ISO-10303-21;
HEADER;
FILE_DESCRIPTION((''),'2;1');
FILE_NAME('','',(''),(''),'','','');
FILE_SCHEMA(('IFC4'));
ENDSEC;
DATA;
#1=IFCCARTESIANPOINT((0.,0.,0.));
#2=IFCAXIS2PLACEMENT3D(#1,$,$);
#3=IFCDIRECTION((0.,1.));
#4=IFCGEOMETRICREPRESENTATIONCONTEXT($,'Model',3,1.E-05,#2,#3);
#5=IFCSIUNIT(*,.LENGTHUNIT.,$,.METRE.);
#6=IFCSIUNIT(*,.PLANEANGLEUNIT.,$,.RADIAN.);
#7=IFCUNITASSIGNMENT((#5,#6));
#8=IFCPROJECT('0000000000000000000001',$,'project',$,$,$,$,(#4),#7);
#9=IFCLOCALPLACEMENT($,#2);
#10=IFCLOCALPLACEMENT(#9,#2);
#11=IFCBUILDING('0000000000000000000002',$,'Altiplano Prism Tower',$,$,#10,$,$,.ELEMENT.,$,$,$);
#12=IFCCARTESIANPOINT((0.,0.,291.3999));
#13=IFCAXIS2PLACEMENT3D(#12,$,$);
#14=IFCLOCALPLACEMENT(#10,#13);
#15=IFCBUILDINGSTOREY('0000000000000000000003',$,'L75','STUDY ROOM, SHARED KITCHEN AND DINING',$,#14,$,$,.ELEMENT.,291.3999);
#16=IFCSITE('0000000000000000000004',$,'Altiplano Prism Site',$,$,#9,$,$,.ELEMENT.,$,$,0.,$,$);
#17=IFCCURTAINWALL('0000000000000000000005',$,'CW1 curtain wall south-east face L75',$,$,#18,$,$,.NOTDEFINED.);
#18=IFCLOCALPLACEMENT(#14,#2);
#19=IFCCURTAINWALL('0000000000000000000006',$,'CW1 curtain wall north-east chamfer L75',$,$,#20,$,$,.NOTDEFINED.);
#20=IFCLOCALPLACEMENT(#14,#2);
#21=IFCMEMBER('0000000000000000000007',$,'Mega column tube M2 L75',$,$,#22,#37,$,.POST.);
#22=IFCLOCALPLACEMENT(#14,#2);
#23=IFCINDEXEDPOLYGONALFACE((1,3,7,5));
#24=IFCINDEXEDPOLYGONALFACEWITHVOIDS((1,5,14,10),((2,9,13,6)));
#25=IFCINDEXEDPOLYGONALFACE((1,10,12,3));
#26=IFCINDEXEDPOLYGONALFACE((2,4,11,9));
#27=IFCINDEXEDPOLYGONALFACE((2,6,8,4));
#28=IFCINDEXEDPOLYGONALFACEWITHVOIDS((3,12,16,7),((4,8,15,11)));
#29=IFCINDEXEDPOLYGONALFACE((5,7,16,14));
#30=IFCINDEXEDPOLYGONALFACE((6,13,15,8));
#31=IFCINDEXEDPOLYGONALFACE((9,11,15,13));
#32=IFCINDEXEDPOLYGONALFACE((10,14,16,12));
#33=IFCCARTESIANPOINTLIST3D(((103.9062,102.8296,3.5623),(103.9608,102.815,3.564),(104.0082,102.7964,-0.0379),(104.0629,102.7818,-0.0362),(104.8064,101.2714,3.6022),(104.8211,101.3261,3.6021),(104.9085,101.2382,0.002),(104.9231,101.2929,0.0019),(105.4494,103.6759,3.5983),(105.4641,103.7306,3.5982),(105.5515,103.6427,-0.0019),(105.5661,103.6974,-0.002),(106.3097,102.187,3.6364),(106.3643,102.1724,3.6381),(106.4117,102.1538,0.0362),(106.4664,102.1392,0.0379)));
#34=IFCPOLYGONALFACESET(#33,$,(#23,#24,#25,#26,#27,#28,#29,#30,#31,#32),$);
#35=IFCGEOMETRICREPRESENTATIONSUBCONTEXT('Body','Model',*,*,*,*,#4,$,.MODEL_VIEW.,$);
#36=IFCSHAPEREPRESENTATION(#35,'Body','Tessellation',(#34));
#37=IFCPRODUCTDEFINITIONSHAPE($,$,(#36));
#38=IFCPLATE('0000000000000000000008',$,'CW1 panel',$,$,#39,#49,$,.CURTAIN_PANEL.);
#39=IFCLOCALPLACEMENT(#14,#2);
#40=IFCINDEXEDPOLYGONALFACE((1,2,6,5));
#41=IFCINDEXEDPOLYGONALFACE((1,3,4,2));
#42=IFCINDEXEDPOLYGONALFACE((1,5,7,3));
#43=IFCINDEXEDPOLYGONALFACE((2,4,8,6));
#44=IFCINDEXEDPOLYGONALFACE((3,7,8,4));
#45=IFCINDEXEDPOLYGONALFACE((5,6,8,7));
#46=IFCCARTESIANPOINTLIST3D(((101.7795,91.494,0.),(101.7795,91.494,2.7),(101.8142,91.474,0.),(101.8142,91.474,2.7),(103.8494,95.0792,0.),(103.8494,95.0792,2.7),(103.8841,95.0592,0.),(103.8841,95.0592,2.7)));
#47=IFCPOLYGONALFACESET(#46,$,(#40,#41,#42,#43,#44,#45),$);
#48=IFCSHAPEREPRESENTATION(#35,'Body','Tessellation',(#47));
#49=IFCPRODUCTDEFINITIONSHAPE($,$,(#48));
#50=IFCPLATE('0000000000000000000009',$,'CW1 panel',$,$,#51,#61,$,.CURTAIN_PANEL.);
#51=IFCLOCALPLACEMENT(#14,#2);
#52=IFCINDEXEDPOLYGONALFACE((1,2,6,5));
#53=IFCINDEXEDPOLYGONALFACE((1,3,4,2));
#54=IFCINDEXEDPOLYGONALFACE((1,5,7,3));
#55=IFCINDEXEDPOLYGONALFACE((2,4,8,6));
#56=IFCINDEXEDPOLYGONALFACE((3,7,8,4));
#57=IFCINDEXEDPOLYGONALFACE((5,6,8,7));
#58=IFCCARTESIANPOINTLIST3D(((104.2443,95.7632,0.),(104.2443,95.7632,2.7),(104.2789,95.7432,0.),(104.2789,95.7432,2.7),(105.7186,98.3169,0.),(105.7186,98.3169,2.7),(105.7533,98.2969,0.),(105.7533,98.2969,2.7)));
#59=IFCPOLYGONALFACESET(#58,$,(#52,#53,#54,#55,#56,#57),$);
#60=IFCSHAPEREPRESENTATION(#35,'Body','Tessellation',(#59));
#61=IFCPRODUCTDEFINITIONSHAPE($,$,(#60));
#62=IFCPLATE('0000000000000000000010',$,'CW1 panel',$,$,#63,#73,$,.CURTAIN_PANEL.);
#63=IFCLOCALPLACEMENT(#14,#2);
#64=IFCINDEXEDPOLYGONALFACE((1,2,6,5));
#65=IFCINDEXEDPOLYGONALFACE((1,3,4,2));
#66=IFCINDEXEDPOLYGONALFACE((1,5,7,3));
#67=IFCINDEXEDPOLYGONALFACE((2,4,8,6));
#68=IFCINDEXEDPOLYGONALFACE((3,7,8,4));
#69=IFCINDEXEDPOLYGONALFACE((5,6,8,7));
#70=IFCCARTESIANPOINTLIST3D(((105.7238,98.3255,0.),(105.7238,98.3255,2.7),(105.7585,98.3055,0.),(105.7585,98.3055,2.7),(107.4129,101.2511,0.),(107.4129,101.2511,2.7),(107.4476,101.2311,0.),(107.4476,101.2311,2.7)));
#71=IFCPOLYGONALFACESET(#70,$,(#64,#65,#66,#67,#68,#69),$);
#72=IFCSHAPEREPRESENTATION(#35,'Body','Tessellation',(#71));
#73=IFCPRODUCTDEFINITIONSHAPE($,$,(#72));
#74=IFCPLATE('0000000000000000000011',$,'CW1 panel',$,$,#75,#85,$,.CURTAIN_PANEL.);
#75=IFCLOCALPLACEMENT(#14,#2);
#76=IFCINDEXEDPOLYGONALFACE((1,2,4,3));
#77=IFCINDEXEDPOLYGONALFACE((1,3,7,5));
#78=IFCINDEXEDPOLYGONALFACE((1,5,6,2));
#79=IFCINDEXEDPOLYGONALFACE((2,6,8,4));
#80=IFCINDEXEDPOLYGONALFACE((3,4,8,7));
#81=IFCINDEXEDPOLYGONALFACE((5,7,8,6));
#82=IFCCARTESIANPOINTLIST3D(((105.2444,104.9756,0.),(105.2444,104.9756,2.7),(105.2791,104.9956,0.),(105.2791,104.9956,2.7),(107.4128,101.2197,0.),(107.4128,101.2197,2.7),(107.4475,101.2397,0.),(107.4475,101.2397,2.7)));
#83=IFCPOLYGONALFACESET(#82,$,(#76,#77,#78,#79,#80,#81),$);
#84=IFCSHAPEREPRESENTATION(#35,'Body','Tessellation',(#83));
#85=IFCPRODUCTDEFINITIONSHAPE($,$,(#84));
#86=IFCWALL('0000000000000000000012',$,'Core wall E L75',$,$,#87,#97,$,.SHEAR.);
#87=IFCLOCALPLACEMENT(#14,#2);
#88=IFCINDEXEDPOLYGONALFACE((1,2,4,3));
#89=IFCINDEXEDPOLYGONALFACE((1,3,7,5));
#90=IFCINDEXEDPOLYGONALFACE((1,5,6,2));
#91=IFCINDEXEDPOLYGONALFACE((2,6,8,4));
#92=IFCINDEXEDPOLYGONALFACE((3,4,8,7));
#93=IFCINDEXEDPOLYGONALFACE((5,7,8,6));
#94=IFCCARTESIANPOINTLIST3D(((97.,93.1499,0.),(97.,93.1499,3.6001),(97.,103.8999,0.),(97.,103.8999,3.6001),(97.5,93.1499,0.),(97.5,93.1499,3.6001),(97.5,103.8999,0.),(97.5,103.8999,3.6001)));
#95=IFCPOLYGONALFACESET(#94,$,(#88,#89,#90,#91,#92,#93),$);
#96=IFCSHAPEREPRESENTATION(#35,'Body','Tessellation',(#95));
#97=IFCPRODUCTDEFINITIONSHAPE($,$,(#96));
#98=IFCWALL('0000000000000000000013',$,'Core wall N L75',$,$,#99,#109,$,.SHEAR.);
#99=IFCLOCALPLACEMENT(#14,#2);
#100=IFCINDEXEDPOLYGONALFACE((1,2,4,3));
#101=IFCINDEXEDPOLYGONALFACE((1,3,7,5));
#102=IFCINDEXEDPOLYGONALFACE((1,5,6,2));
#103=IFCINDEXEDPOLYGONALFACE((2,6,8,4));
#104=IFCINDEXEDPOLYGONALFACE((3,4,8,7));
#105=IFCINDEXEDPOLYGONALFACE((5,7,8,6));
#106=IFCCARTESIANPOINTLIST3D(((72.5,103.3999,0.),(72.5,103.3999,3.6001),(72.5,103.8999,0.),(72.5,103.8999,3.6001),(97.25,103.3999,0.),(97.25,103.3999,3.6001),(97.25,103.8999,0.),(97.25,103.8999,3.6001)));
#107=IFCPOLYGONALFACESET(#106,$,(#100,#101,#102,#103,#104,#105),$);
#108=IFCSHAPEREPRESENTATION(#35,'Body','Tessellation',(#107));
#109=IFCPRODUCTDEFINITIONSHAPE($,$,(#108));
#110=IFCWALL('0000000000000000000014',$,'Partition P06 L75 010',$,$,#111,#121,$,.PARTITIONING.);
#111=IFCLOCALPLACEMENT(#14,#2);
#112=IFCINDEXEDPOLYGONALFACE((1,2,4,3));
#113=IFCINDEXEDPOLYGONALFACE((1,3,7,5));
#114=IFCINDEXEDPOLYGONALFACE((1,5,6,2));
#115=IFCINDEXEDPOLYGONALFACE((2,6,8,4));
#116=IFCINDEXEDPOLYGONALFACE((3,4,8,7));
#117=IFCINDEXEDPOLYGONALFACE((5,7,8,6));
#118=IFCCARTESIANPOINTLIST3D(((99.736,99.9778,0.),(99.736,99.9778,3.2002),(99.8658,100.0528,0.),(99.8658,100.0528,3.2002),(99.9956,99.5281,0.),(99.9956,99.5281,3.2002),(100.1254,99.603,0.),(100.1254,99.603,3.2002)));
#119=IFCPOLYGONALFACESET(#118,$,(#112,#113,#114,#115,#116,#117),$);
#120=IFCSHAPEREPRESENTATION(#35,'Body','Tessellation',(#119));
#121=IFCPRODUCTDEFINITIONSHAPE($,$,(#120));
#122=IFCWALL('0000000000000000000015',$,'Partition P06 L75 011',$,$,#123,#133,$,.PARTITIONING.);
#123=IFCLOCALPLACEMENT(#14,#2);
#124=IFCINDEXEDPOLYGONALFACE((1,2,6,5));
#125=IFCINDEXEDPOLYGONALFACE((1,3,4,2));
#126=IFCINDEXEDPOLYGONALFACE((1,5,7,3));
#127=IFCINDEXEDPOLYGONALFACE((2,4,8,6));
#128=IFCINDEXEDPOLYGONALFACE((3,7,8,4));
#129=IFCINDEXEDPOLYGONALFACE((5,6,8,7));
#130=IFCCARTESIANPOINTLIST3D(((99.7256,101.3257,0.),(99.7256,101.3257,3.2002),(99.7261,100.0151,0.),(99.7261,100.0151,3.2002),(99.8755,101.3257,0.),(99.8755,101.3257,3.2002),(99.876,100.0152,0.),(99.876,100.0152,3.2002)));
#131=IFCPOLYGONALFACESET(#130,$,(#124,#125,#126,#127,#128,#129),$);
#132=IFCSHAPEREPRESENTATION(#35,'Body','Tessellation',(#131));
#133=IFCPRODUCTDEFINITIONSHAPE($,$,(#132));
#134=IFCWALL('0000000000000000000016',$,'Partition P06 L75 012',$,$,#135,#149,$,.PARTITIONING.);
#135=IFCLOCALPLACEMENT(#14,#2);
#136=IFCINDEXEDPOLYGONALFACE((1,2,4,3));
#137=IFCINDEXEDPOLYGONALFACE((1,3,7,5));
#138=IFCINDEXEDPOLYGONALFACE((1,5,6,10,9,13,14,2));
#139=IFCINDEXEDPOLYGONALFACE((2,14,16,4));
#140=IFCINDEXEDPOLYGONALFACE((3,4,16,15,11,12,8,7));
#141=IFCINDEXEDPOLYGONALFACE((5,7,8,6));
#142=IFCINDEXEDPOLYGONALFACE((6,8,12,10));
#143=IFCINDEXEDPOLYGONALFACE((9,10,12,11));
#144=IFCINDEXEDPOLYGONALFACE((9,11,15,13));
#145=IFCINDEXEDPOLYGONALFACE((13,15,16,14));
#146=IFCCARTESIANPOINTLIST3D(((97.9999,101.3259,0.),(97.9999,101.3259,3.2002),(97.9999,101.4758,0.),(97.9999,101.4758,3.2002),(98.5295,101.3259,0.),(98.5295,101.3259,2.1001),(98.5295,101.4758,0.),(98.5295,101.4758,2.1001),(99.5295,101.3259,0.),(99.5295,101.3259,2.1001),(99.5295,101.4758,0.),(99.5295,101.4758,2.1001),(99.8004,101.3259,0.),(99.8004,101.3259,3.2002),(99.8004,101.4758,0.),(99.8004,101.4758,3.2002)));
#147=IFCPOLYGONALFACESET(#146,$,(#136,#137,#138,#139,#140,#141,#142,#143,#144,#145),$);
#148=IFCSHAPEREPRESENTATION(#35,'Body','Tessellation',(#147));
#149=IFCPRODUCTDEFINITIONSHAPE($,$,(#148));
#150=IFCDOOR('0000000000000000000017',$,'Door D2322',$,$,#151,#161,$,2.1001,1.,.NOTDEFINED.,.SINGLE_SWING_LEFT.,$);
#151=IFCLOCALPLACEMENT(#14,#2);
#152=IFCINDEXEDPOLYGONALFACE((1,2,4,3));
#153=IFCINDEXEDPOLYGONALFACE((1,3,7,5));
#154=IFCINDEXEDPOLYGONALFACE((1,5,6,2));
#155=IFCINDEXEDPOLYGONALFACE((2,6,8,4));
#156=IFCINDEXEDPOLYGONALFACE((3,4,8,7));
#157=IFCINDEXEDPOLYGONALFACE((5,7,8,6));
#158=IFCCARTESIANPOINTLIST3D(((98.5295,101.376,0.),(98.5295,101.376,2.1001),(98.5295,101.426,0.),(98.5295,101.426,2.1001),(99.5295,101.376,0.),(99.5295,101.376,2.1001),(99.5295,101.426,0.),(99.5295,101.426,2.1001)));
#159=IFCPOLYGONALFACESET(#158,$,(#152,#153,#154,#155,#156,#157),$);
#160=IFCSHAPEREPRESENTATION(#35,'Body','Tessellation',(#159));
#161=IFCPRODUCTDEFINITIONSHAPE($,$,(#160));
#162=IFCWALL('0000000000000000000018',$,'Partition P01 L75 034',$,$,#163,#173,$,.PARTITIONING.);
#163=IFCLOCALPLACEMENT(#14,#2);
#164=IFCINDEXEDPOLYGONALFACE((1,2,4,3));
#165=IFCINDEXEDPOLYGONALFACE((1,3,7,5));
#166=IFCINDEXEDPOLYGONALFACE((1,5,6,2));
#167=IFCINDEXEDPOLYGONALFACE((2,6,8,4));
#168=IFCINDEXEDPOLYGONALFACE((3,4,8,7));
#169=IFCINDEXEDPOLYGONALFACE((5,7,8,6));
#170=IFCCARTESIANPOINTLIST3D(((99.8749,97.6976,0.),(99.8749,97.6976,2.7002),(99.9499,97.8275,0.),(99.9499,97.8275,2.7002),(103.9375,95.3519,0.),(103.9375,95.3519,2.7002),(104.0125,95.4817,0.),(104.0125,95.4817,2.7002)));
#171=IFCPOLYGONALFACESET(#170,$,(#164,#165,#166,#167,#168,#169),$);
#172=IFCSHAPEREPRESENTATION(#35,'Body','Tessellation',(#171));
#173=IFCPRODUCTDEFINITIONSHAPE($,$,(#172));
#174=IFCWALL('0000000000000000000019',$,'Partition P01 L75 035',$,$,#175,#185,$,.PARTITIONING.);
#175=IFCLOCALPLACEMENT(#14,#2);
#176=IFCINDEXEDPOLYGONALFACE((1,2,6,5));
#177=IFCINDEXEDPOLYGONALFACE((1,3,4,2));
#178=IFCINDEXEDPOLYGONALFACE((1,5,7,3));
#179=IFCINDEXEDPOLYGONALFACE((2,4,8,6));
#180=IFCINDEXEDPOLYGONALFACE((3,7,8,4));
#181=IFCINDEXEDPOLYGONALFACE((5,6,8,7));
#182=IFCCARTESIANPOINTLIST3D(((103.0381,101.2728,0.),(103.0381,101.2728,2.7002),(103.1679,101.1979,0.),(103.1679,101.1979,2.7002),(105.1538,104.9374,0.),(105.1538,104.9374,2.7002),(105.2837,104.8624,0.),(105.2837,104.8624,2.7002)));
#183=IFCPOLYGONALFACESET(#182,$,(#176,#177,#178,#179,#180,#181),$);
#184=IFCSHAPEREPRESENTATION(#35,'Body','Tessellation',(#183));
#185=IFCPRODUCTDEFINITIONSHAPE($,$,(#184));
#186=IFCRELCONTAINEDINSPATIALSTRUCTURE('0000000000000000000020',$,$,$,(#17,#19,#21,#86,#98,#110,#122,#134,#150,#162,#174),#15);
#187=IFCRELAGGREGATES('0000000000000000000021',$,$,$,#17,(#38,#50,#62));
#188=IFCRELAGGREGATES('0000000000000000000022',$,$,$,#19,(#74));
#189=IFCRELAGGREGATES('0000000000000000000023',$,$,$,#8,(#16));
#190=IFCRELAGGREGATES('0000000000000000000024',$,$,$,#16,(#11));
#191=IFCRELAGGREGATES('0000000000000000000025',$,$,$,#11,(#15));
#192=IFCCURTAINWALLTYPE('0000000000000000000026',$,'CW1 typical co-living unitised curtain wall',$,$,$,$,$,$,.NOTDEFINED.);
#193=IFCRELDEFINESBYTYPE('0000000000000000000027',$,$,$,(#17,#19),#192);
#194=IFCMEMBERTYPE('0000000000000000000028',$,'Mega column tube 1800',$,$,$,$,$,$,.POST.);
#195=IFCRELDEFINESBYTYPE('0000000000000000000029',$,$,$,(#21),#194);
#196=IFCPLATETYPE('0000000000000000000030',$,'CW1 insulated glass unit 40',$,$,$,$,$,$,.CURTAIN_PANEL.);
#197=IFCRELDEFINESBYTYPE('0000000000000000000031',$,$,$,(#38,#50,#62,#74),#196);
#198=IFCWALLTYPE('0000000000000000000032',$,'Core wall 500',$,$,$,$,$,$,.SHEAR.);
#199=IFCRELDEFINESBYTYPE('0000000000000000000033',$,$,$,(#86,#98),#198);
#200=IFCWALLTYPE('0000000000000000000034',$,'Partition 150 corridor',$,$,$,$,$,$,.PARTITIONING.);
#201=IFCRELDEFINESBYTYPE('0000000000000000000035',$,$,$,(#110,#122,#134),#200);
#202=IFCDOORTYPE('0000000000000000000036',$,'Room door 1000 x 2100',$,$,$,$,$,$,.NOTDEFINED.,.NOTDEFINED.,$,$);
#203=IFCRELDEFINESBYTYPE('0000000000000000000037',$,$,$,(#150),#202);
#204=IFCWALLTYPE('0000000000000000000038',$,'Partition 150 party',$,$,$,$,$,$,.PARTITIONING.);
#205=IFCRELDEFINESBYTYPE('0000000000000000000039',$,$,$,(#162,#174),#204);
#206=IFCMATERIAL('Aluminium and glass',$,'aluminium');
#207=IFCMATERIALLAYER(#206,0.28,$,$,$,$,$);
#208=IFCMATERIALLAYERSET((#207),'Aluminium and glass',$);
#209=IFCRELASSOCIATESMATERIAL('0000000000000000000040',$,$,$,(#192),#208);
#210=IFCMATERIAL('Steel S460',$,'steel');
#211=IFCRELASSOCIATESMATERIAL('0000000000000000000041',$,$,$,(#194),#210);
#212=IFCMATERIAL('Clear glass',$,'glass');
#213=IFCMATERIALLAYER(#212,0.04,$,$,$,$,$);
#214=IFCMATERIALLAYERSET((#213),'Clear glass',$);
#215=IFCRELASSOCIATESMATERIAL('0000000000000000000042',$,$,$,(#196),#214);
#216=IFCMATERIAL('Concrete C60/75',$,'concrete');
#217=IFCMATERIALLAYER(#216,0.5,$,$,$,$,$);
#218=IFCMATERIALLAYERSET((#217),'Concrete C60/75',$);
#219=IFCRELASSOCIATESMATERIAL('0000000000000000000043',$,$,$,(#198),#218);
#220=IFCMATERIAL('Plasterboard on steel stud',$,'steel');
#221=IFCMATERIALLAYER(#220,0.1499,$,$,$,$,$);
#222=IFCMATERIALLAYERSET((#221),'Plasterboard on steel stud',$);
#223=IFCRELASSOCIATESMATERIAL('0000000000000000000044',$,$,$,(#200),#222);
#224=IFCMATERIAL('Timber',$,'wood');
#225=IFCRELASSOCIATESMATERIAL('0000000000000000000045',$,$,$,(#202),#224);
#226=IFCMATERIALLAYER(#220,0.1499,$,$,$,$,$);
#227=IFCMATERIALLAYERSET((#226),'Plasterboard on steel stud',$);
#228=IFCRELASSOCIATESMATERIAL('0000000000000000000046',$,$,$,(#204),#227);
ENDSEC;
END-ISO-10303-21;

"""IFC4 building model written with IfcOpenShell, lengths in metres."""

from ifc_helpers import new_model, si_unit, direction, frame, frame_2d, origin, origin_2d, place, context, subcontext, project, spatial, rectangle, hollow_rectangle, extrude, material, layer, layer_set, material_profile, profile_set, type_object, element, fill, aggregate, save


model = new_model("IFC4")

# Units and contexts
model_context = context("Model", 3, precision=1e-05, world=origin(), true_north=direction((0.0, 1.0)))
body_context = subcontext(model_context, "Body", "Model", "MODEL_VIEW")
ifc_project = project(units=[si_unit("LENGTHUNIT", "METRE"), si_unit("PLANEANGLEUNIT", "RADIAN")], contexts=[model_context])

# Site, building, storey
site_placement = place(None, origin())
site = spatial("IfcSite", under=ifc_project, at=site_placement, Name="Altiplano Prism Site", CompositionType="ELEMENT", RefElevation=0.0)
building_placement = place(site_placement, origin())
building = spatial("IfcBuilding", under=site, at=building_placement, Name="Altiplano Prism Tower", CompositionType="ELEMENT")
storey_placement = place(building_placement, frame((0.0, 0.0, 291.3999)))
storey = spatial("IfcBuildingStorey", under=building, at=storey_placement, Name="L75", Description="STUDY ROOM, SHARED KITCHEN AND DINING", CompositionType="ELEMENT", Elevation=291.3999)

# Shared definitions
ifc_material_1 = material(Name="Concrete C60/75", Category="concrete")

# Curtain wall
ifc_material_2 = material(Name="Aluminium and glass", Category="aluminium")
ifc_layer_1 = layer(ifc_material_2, 0.28)
ifc_layer_set_1 = layer_set([ifc_layer_1], Name="Aluminium and glass")
curtain_wall_type = type_object("IfcCurtainWallType", Name="CW1 typical co-living unitised curtain wall", PredefinedType="NOTDEFINED", material=ifc_layer_set_1)
curtain_wall_1_placement = place(storey_placement, origin())
curtain_wall_1 = element("IfcCurtainWall", 1, at=curtain_wall_1_placement, inside=storey, type_object=curtain_wall_type, Name="CW1 curtain wall south-east face L75", PredefinedType="NOTDEFINED")

# Curtain wall
curtain_wall_2_placement = place(storey_placement, origin())
curtain_wall_2 = element("IfcCurtainWall", 2, at=curtain_wall_2_placement, inside=storey, type_object=curtain_wall_type, Name="CW1 curtain wall north-east chamfer L75", PredefinedType="NOTDEFINED")

# Member
ifc_material_3 = material(Name="Steel S460", Category="steel")
ifc_material_profile_1 = material_profile(ifc_material_3, hollow_rectangle(XDim=1.8, YDim=1.8, WallThickness=0.04, at=origin_2d()), Name="Mega column tube 1800")
ifc_profile_set_1 = profile_set([ifc_material_profile_1], Name="Steel S460")
member_type_1 = type_object("IfcMemberType", Name="Mega column tube 1800", PredefinedType="POST", material=ifc_profile_set_1)
member_1_placement = place(storey_placement, frame((105.2373, 102.4678, 0.0), z_axis=(-0.028334, 0.009219, 0.999556), x_axis=(0.500141, -0.86566, 0.022161)))
element("IfcMember", 3, at=member_1_placement, inside=storey, type_object=member_type_1, Name="Mega column tube M2 L75", PredefinedType="POST", context=body_context, shape_type="SweptSolid", body=[
    extrude(hollow_rectangle(XDim=1.8, YDim=1.8, WallThickness=0.04, at=origin_2d()), origin(), (0.0, 0.0, 1.0), 3.6018),
])

# Plates
ifc_material_4 = material(Name="Clear glass", Category="glass")
ifc_layer_2 = layer(ifc_material_4, 0.04)
ifc_layer_set_2 = layer_set([ifc_layer_2], Name="Clear glass")
plate_type = type_object("IfcPlateType", Name="CW1 insulated glass unit 40", PredefinedType="CURTAIN_PANEL", material=ifc_layer_set_2)
plate_1_placement = place(storey_placement, frame((102.8318, 93.2766, 0.0), z_axis=(0.0, 0.0, 1.0), x_axis=(0.5, 0.866025, 0.0)))
plate_1 = element("IfcPlate", 4, at=plate_1_placement, type_object=plate_type, Name="CW1 panel", PredefinedType="CURTAIN_PANEL", context=body_context, shape_type="SweptSolid", body=[
    extrude(rectangle(XDim=4.1399, YDim=0.04, at=origin_2d()), origin(), (0.0, 0.0, 1.0), 2.7),
])
plate_2_placement = place(storey_placement, frame((104.9988, 97.03, 0.0), z_axis=(0.0, 0.0, 1.0), x_axis=(0.5, 0.866025, 0.0)))
plate_2 = element("IfcPlate", 5, at=plate_2_placement, type_object=plate_type, Name="CW1 panel", PredefinedType="CURTAIN_PANEL", context=body_context, shape_type="SweptSolid", body=[
    extrude(rectangle(XDim=2.9487, YDim=0.04, at=origin_2d()), origin(), (0.0, 0.0, 1.0), 2.7),
])
plate_3_placement = place(storey_placement, frame((106.5857, 99.7783, 0.0), z_axis=(0.0, 0.0, 1.0), x_axis=(0.5, 0.866025, 0.0)))
plate_3 = element("IfcPlate", 6, at=plate_3_placement, type_object=plate_type, Name="CW1 panel", PredefinedType="CURTAIN_PANEL", context=body_context, shape_type="SweptSolid", body=[
    extrude(rectangle(XDim=3.3782, YDim=0.04, at=origin_2d()), origin(), (0.0, 0.0, 1.0), 2.7),
])
aggregate(curtain_wall_1, [plate_1, plate_2, plate_3])
plate_4_placement = place(storey_placement, frame((106.3459, 103.1077, 0.0), z_axis=(0.0, 0.0, 1.0), x_axis=(-0.5, 0.866025, 0.0)))
plate_4 = element("IfcPlate", 7, at=plate_4_placement, type_object=plate_type, Name="CW1 panel", PredefinedType="CURTAIN_PANEL", context=body_context, shape_type="SweptSolid", body=[
    extrude(rectangle(XDim=4.3369, YDim=0.04, at=origin_2d()), origin(), (0.0, 0.0, 1.0), 2.7),
])
aggregate(curtain_wall_2, [plate_4])

# Walls
ifc_layer_3 = layer(ifc_material_1, 0.5)
ifc_layer_set_3 = layer_set([ifc_layer_3], Name="Concrete C60/75")
wall_type_1 = type_object("IfcWallType", Name="Core wall 500", PredefinedType="SHEAR", material=ifc_layer_set_3)
wall_1_placement = place(storey_placement, frame((97.25, 93.1499, 0.0), z_axis=(0.0, 0.0, 1.0), x_axis=(0.0, 1.0, 0.0)))
element("IfcWall", 8, at=wall_1_placement, inside=storey, type_object=wall_type_1, Name="Core wall E L75", PredefinedType="SHEAR", context=body_context, shape_type="SweptSolid", body=[
    extrude(rectangle(XDim=10.75, YDim=0.5, at=frame_2d((5.375, 0.0))), origin(), (0.0, 0.0, 1.0), 3.6001),
])
wall_2_placement = place(storey_placement, frame((97.25, 103.6499, 0.0), z_axis=(0.0, 0.0, 1.0), x_axis=(-1.0, 0.0, 0.0)))
element("IfcWall", 9, at=wall_2_placement, inside=storey, type_object=wall_type_1, Name="Core wall N L75", PredefinedType="SHEAR", context=body_context, shape_type="SweptSolid", body=[
    extrude(rectangle(XDim=24.75, YDim=0.5, at=frame_2d((12.375, 0.0))), origin(), (0.0, 0.0, 1.0), 3.6001),
])
ifc_material_5 = material(Name="Plasterboard on steel stud", Category="steel")
ifc_layer_4 = layer(ifc_material_5, 0.1499)
ifc_layer_set_4 = layer_set([ifc_layer_4], Name="Plasterboard on steel stud")
wall_type_2 = type_object("IfcWallType", Name="Partition 150 corridor", PredefinedType="PARTITIONING", material=ifc_layer_set_4)
wall_3_placement = place(storey_placement, frame((100.0605, 99.5654, 0.0), z_axis=(0.0, 0.0, 1.0), x_axis=(-0.499831, 0.866123, 0.0)))
element("IfcWall", 10, at=wall_3_placement, inside=storey, type_object=wall_type_2, Name="Partition P06 L75 010", PredefinedType="PARTITIONING", context=body_context, shape_type="SweptSolid", body=[
    extrude(rectangle(XDim=0.5193, YDim=0.1499, at=frame_2d((0.2598, 0.0))), origin(), (0.0, 0.0, 1.0), 3.2002),
])
wall_4_placement = place(storey_placement, frame((99.801, 100.0151, 0.0), z_axis=(0.0, 0.0, 1.0), x_axis=(-0.000373, 1.0, 0.0)))
element("IfcWall", 11, at=wall_4_placement, inside=storey, type_object=wall_type_2, Name="Partition P06 L75 011", PredefinedType="PARTITIONING", context=body_context, shape_type="SweptSolid", body=[
    extrude(rectangle(XDim=1.3105, YDim=0.1499, at=frame_2d((0.6553, 0.0))), origin(), (0.0, 0.0, 1.0), 3.2002),
])

# Wall, opening, door
wall_5_placement = place(storey_placement, frame((99.8005, 101.4009, 0.0), z_axis=(0.0, 0.0, 1.0), x_axis=(-1.0, 0.0, 0.0)))
wall_5 = element("IfcWall", 12, at=wall_5_placement, inside=storey, type_object=wall_type_2, Name="Partition P06 L75 012", PredefinedType="PARTITIONING", context=body_context, shape_type="SweptSolid", body=[
    extrude(rectangle(XDim=1.8005, YDim=0.1499, at=frame_2d((0.9004, 0.0))), origin(), (0.0, 0.0, 1.0), 3.2002),
])
opening_placement = place(wall_5_placement, frame((0.271, 0.0, 0.0)))
opening = element("IfcOpeningElement", 13, at=opening_placement, cuts=wall_5, PredefinedType="OPENING", context=body_context, shape_type="SweptSolid", body=[
    extrude(rectangle(XDim=1.0, YDim=2.1001, at=frame_2d((0.5, 1.05))), frame((0.0, 0.0854, 0.0), z_axis=(0.0, -1.0, 0.0), x_axis=(1.0, 0.0, 0.0)), (0.0, 0.0, 1.0), 0.1709),
])
ifc_material_6 = material(Name="Timber", Category="wood")
door_type = type_object("IfcDoorType", Name="Room door 1000 x 2100", OperationType="NOTDEFINED", PredefinedType="NOTDEFINED", material=ifc_material_6)
door_placement = place(opening_placement, origin())
door = element("IfcDoor", 14, at=door_placement, inside=storey, type_object=door_type, Name="Door D2322", OperationType="SINGLE_SWING_LEFT", OverallHeight=2.1001, OverallWidth=1.0, PredefinedType="NOTDEFINED", context=body_context, shape_type="SweptSolid", body=[
    extrude(rectangle(XDim=1.0, YDim=2.1001, at=frame_2d((0.5, 1.05))), frame((0.0, 0.0249, 0.0), z_axis=(0.0, -1.0, 0.0), x_axis=(1.0, 0.0, 0.0)), (0.0, 0.0, 1.0), 0.05),
])
fill(opening, door)

# Walls
ifc_layer_5 = layer(ifc_material_5, 0.1499)
ifc_layer_set_5 = layer_set([ifc_layer_5], Name="Plasterboard on steel stud")
wall_type_3 = type_object("IfcWallType", Name="Partition 150 party", PredefinedType="PARTITIONING", material=ifc_layer_set_5)
wall_6_placement = place(storey_placement, frame((103.9751, 95.4167, 0.0), z_axis=(0.0, 0.0, 1.0), x_axis=(-0.866005, 0.500035, 0.0)))
element("IfcWall", 15, at=wall_6_placement, inside=storey, type_object=wall_type_3, Name="Partition P01 L75 034", PredefinedType="PARTITIONING", context=body_context, shape_type="SweptSolid", body=[
    extrude(rectangle(XDim=4.6912, YDim=0.1499, at=frame_2d((2.3457, 0.0))), origin(), (0.0, 0.0, 1.0), 2.7002),
])
wall_7_placement = place(storey_placement, frame((105.2188, 104.8999, 0.0), z_axis=(0.0, 0.0, 1.0), x_axis=(-0.499999, -0.866026, 0.0)))
element("IfcWall", 16, at=wall_7_placement, inside=storey, type_object=wall_type_3, Name="Partition P01 L75 035", PredefinedType="PARTITIONING", context=body_context, shape_type="SweptSolid", body=[
    extrude(rectangle(XDim=4.2314, YDim=0.1499, at=frame_2d((2.1157, 0.0))), origin(), (0.0, 0.0, 1.0), 2.7002),
])

save(model, "model.ifc")
